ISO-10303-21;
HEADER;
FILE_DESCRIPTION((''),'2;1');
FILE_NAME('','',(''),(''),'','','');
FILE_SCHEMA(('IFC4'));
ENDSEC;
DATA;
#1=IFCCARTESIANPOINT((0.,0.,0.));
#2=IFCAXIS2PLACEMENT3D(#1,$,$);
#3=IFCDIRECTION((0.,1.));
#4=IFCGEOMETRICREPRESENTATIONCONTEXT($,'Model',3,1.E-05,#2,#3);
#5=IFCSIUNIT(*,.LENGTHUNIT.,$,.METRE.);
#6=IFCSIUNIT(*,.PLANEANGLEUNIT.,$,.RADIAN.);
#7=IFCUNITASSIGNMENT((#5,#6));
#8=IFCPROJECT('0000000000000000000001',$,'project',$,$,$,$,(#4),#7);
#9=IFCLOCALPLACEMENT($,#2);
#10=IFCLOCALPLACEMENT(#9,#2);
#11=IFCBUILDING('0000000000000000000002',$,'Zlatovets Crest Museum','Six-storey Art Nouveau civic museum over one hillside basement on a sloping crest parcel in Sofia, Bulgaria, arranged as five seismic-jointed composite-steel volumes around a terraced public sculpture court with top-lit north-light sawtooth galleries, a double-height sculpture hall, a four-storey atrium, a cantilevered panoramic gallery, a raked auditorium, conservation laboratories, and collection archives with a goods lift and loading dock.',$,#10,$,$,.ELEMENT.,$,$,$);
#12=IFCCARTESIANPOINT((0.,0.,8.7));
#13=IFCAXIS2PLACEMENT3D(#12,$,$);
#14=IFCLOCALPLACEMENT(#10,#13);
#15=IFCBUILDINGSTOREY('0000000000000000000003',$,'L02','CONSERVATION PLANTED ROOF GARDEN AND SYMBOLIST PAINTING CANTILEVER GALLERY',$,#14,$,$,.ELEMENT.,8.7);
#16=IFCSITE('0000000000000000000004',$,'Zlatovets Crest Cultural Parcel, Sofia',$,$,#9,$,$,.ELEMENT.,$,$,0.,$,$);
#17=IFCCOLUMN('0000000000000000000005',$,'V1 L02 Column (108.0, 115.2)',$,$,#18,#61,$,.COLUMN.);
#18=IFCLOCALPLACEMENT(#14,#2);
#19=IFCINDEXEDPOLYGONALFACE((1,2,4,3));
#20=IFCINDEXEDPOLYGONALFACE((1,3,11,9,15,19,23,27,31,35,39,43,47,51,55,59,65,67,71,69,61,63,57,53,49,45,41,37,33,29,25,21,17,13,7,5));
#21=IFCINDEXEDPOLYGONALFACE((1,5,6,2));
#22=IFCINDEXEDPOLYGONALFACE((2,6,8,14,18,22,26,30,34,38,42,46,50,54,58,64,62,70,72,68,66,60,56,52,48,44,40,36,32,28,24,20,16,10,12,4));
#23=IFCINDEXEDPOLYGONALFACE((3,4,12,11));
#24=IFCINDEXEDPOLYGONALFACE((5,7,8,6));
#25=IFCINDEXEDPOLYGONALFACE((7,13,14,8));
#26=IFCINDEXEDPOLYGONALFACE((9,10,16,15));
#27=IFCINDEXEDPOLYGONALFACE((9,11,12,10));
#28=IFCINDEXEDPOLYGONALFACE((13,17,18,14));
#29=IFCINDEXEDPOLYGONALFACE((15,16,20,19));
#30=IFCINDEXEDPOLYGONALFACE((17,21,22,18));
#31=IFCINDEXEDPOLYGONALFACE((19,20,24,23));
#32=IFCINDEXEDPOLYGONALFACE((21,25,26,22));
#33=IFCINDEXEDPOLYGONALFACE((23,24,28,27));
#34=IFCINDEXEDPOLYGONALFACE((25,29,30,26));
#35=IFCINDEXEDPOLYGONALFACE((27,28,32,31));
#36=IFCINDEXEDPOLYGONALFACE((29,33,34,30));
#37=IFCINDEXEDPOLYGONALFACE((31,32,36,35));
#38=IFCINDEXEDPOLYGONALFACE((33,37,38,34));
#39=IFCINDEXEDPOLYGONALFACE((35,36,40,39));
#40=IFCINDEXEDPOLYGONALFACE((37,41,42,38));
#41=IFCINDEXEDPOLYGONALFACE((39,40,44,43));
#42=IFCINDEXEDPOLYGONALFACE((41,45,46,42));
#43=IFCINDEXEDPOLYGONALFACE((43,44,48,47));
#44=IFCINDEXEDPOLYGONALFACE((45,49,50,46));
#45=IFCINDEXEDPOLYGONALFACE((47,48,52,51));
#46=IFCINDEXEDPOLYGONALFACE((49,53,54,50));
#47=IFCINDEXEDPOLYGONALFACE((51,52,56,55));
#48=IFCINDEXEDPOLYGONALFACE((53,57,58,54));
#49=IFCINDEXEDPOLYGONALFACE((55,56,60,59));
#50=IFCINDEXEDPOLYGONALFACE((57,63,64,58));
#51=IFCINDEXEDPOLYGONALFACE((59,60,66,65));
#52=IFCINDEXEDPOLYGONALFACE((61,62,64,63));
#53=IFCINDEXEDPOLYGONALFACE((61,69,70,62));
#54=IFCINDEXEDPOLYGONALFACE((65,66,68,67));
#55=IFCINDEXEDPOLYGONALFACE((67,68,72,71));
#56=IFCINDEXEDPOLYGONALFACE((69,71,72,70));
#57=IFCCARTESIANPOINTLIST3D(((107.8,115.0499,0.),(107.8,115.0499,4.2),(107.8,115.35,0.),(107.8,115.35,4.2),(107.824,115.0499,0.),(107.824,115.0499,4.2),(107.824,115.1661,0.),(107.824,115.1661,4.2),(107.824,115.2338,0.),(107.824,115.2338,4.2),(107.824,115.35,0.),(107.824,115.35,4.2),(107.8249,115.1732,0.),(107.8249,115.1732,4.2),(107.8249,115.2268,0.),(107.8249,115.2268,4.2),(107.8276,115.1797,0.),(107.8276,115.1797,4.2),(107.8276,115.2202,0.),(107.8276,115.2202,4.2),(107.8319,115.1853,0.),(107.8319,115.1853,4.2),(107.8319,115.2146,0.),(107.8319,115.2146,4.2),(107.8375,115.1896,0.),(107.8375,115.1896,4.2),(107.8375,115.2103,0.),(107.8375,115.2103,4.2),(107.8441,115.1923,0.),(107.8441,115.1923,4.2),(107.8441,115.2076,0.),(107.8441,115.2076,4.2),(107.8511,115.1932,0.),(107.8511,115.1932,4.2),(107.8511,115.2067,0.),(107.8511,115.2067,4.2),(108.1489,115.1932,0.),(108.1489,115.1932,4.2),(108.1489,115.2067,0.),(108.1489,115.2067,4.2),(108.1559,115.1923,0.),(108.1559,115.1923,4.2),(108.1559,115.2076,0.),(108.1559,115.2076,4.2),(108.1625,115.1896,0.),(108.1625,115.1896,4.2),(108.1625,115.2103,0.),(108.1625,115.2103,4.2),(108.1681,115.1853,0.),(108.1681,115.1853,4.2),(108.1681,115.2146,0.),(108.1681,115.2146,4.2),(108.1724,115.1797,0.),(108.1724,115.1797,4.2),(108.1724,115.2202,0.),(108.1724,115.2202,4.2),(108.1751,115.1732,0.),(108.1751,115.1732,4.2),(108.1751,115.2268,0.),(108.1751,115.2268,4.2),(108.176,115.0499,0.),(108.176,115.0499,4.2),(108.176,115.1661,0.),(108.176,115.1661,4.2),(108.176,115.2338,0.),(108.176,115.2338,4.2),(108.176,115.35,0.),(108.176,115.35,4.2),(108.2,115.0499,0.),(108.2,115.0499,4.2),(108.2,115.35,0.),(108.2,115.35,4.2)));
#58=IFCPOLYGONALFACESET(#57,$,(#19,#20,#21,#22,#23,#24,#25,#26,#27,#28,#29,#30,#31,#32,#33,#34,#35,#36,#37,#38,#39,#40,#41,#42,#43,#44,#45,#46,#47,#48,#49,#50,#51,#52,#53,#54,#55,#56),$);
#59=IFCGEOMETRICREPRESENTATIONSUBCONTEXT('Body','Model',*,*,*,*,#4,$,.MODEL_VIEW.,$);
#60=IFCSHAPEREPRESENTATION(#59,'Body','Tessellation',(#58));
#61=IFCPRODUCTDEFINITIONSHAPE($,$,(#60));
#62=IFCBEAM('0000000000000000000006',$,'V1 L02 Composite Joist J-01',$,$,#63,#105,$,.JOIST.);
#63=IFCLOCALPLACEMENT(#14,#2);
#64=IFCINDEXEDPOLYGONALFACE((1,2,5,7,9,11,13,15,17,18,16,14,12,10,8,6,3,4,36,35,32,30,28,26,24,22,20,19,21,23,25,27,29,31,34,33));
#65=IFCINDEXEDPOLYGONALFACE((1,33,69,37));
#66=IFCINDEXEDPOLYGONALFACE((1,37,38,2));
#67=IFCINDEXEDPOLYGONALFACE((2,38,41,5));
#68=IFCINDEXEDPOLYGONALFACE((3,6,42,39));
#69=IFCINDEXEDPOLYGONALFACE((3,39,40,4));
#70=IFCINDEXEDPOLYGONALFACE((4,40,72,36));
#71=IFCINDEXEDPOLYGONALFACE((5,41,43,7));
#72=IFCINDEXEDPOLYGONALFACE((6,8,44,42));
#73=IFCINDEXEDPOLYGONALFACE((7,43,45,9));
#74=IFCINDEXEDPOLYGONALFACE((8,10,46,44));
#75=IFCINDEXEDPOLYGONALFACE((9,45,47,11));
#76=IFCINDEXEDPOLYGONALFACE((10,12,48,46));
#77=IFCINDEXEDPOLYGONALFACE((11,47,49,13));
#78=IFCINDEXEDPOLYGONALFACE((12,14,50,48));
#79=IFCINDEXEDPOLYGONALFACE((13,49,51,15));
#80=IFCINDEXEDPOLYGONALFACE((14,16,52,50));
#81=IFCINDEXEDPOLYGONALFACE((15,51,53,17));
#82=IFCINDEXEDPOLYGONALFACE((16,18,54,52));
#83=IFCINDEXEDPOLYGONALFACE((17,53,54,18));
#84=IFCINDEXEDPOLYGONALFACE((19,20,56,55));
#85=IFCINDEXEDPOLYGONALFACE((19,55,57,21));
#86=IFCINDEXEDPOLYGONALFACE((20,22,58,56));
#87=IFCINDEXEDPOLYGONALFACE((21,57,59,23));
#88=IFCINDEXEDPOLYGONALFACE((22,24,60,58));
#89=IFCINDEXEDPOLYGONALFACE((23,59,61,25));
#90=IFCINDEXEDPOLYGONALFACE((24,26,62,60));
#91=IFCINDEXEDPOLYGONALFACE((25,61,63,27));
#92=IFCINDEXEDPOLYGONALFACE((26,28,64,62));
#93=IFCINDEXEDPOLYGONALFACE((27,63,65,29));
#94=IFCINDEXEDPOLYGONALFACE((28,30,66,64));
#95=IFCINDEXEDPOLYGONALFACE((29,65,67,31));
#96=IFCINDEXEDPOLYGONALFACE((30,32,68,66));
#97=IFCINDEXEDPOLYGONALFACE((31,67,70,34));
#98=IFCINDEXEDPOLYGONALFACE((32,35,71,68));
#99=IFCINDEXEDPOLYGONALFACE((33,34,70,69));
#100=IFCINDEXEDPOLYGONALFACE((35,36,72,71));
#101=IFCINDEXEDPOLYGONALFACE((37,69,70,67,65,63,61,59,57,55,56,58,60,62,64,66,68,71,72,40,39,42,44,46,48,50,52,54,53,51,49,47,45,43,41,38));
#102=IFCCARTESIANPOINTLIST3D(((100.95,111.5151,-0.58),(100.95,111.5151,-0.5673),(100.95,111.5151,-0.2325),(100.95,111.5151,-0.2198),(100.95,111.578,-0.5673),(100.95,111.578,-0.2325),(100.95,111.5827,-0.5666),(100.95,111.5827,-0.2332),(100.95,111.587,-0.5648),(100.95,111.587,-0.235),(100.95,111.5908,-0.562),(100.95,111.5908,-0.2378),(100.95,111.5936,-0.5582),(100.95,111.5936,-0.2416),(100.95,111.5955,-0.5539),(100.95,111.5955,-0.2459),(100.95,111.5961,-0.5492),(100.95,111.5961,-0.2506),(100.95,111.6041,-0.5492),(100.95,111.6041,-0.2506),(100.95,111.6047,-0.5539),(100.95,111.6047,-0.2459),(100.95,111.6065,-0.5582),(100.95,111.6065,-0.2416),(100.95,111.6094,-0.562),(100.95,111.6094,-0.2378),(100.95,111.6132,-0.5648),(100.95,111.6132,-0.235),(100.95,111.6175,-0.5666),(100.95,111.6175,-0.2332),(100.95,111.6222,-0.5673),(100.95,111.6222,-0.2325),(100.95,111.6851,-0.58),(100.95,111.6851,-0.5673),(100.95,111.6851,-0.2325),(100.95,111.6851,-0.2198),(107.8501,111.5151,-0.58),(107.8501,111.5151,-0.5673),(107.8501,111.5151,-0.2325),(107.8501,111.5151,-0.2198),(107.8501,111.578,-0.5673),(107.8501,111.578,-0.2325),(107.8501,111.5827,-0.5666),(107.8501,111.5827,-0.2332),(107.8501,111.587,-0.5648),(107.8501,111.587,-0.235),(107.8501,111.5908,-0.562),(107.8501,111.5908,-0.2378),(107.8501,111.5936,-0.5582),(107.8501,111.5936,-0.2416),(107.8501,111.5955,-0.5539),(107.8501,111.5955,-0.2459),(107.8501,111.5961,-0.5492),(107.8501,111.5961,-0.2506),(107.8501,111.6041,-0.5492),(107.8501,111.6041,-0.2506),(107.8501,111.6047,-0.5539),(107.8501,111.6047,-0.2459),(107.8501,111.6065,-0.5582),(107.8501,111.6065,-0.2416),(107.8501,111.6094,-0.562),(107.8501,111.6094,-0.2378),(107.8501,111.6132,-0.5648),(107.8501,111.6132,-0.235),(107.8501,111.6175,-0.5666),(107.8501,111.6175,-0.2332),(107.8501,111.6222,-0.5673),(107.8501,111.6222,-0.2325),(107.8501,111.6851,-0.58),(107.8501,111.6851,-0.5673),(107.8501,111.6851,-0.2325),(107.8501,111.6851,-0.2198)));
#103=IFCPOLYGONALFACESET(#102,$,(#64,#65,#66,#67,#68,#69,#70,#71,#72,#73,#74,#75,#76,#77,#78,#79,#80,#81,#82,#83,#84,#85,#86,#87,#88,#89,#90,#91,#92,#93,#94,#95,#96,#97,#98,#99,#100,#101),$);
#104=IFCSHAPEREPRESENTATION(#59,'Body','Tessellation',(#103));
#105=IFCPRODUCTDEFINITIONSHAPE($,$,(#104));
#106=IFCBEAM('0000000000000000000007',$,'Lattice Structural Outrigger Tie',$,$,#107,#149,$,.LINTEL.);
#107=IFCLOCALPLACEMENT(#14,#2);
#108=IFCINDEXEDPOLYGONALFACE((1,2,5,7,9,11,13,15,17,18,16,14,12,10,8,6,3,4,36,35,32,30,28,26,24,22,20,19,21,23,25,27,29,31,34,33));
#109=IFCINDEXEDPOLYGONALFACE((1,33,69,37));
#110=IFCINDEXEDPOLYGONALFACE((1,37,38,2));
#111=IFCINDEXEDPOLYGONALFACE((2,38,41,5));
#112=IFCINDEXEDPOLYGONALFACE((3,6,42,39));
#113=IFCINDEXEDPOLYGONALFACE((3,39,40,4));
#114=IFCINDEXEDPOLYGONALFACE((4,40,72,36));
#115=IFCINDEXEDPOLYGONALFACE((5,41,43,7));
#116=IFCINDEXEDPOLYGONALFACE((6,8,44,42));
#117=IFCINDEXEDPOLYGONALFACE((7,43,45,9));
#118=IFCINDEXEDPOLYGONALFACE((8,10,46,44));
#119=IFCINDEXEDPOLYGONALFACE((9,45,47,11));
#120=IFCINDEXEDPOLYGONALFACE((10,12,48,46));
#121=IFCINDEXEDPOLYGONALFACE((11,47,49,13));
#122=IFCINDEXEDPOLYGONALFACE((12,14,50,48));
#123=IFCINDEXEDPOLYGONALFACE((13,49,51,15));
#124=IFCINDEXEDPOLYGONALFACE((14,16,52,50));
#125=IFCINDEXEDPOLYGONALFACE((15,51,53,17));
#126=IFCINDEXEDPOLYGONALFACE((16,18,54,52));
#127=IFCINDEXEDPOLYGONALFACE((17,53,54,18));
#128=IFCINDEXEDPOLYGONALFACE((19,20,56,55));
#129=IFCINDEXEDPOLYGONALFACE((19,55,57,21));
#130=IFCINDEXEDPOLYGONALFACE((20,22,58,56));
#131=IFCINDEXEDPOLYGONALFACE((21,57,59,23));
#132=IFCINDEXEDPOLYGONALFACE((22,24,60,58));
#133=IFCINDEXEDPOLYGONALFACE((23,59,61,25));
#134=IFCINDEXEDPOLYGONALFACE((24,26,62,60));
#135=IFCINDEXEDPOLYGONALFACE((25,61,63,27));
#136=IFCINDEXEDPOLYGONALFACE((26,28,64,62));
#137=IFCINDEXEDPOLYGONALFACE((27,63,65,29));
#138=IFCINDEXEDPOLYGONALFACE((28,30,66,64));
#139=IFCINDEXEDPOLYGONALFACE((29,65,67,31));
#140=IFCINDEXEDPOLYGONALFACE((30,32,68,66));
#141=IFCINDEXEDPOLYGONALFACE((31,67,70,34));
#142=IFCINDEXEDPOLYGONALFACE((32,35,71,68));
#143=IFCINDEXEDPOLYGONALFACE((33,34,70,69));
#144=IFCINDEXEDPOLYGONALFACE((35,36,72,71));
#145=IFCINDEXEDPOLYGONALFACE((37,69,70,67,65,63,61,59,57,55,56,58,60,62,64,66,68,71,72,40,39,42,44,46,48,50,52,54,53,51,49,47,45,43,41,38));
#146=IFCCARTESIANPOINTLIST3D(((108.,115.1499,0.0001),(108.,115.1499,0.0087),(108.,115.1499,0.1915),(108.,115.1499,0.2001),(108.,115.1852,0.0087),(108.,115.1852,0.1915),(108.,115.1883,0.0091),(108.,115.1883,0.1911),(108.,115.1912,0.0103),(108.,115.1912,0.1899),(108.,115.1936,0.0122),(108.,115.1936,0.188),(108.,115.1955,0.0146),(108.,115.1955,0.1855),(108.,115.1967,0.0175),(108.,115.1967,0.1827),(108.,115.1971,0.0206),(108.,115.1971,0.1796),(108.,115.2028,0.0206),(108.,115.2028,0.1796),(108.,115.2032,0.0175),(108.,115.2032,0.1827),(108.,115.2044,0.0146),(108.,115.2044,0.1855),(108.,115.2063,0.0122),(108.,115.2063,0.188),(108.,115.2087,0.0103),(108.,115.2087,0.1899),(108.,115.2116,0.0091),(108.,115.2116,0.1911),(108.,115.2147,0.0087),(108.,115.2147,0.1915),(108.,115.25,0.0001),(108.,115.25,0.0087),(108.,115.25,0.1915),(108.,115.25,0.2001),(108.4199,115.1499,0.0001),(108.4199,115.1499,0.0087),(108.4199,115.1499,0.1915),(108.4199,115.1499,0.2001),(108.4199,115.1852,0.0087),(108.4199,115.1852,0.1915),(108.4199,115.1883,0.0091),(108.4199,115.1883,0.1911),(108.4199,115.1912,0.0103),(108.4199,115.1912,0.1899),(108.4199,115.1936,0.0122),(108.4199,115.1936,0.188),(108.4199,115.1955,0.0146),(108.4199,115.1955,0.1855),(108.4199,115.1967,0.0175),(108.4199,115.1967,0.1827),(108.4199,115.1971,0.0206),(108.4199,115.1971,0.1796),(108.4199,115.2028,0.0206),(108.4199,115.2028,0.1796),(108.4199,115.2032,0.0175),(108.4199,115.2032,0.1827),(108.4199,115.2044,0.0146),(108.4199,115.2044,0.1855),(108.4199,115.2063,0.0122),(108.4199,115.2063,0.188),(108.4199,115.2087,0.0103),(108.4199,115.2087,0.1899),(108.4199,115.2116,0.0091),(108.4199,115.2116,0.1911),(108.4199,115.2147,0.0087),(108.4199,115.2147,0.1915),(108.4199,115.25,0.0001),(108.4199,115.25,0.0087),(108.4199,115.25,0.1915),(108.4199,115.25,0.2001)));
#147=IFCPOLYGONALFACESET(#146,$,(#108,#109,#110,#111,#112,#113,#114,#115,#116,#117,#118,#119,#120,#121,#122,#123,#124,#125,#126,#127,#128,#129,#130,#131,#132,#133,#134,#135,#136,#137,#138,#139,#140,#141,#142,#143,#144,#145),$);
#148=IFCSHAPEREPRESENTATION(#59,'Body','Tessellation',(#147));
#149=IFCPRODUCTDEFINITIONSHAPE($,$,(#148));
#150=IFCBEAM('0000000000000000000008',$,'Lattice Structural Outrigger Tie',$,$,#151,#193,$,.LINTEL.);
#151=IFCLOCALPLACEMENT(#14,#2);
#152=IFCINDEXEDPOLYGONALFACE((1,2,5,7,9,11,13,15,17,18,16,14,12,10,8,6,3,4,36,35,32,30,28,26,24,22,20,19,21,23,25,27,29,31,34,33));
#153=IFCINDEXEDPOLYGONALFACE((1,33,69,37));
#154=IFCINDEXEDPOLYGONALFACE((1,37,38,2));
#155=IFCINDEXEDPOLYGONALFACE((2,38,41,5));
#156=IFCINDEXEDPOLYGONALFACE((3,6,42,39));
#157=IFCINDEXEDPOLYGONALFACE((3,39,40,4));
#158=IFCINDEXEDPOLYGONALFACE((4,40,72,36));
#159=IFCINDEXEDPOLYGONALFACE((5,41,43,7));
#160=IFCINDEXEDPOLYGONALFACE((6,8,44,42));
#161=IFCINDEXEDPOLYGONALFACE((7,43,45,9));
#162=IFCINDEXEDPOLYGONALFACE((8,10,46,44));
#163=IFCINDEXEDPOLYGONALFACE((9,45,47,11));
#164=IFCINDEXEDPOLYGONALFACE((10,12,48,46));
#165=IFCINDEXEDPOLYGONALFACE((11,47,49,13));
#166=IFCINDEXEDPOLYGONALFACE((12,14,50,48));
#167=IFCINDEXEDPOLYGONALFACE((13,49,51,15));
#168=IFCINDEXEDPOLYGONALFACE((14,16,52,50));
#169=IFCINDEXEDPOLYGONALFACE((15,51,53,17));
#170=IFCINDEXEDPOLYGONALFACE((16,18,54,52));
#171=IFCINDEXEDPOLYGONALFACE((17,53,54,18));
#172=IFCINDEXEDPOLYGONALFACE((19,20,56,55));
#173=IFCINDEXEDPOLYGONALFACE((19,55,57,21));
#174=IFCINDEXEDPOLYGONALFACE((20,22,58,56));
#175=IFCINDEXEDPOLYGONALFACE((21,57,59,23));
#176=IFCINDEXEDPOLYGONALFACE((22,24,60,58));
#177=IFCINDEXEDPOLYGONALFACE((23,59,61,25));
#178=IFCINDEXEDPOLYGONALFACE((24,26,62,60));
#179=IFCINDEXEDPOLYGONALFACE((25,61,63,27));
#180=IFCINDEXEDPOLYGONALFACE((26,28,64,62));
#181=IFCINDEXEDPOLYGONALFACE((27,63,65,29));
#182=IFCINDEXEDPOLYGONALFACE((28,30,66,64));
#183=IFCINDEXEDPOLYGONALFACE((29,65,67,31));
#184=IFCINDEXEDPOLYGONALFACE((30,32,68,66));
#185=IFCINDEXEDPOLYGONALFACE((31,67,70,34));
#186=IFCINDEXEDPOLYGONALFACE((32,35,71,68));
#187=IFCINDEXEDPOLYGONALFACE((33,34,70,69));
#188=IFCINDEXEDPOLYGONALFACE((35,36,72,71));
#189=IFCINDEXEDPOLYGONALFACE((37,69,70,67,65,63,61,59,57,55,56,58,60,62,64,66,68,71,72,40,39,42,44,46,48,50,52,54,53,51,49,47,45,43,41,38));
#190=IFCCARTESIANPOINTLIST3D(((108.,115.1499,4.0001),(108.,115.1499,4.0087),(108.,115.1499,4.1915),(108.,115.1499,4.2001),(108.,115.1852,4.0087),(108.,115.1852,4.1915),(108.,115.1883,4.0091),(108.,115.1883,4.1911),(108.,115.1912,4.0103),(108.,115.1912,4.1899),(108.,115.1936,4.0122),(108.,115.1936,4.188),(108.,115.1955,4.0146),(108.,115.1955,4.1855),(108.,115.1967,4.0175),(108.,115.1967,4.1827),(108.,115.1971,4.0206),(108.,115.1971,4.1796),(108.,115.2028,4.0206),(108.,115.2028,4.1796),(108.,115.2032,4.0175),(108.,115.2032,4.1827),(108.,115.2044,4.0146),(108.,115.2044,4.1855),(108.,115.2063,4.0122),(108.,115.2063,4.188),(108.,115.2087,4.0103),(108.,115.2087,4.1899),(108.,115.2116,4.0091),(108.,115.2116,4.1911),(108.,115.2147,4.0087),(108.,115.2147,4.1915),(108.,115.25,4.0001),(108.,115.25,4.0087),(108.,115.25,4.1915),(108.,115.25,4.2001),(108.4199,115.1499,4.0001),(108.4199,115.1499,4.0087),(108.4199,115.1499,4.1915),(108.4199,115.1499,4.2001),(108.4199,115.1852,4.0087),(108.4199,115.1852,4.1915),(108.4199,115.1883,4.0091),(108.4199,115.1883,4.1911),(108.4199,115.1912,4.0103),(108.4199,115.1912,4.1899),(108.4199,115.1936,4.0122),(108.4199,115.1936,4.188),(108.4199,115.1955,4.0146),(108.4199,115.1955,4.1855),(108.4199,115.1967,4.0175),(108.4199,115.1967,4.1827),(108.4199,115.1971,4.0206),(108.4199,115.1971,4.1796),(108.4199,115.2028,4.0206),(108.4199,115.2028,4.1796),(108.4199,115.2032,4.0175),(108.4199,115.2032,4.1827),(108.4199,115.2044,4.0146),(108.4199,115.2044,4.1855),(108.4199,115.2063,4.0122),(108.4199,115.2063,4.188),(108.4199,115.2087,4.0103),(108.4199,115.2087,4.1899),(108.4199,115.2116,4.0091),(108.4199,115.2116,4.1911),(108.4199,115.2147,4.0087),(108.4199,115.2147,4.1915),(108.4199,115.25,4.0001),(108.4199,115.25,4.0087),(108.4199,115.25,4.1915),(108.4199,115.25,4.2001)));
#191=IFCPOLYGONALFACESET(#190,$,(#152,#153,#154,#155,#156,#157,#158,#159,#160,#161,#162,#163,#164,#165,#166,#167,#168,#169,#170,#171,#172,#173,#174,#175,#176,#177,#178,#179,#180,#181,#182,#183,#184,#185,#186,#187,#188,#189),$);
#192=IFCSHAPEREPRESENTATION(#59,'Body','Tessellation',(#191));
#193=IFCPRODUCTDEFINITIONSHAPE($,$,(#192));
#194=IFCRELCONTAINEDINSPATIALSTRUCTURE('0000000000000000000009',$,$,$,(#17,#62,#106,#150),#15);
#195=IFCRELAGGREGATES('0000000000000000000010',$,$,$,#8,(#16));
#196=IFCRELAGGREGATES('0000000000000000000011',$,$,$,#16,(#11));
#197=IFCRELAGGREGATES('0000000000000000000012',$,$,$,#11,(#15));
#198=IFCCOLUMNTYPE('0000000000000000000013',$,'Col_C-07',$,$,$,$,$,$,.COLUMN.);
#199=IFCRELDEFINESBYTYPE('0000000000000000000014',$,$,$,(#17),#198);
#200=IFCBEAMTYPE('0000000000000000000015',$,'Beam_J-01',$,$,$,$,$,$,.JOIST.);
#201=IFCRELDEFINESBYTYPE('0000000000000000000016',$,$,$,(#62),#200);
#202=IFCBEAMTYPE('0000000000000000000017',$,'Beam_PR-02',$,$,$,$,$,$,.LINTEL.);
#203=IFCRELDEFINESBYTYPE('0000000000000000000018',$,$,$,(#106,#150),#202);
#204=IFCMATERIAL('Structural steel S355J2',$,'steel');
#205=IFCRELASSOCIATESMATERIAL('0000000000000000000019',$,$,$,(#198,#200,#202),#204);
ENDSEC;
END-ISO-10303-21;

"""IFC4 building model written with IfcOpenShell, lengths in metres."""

from ifc_helpers import new_model, si_unit, direction, frame, origin, origin_2d, place, context, subcontext, project, spatial, i_section, extrude, material, material_profile, profile_set, type_object, element, save


model = new_model("IFC4")

# Units and contexts
model_context = context("Model", 3, precision=1e-05, world=origin(), true_north=direction((0.0, 1.0)))
body_context = subcontext(model_context, "Body", "Model", "MODEL_VIEW")
ifc_project = project(units=[si_unit("LENGTHUNIT", "METRE"), si_unit("PLANEANGLEUNIT", "RADIAN")], contexts=[model_context])

# Site, building, storey
site_placement = place(None, origin())
site = spatial("IfcSite", under=ifc_project, at=site_placement, Name="Zlatovets Crest Cultural Parcel, Sofia", CompositionType="ELEMENT", RefElevation=0.0)
building_placement = place(site_placement, origin())
building = spatial("IfcBuilding", under=site, at=building_placement, Name="Zlatovets Crest Museum", Description="Six-storey Art Nouveau civic museum over one hillside basement on a sloping crest parcel in Sofia, Bulgaria, arranged as five seismic-jointed composite-steel volumes around a terraced public sculpture court with top-lit north-light sawtooth galleries, a double-height sculpture hall, a four-storey atrium, a cantilevered panoramic gallery, a raked auditorium, conservation laboratories, and collection archives with a goods lift and loading dock.", CompositionType="ELEMENT")
storey_placement = place(building_placement, frame((0.0, 0.0, 8.7)))
storey = spatial("IfcBuildingStorey", under=building, at=storey_placement, Name="L02", Description="CONSERVATION PLANTED ROOF GARDEN AND SYMBOLIST PAINTING CANTILEVER GALLERY", CompositionType="ELEMENT", Elevation=8.7)

# Column
ifc_material_1 = material(Name="Structural steel S355J2", Category="steel")
ifc_material_profile_1 = material_profile(ifc_material_1, i_section(OverallWidth=0.3, OverallDepth=0.3999, WebThickness=0.0134, FlangeThickness=0.0239, FilletRadius=0.0271, at=origin_2d()), Name="HEB 400")
ifc_profile_set_1 = profile_set([ifc_material_profile_1], Name="Structural steel S355J2")
column_type = type_object("IfcColumnType", Name="Col_C-07", PredefinedType="COLUMN", material=ifc_profile_set_1)
column_placement = place(storey_placement, frame((108.0, 115.2, 0.0), z_axis=(0.0, 0.0, 1.0), x_axis=(0.0, 1.0, 0.0)))
element("IfcColumn", 1, at=column_placement, inside=storey, type_object=column_type, Name="V1 L02 Column (108.0, 115.2)", PredefinedType="COLUMN", context=body_context, shape_type="SweptSolid", body=[
    extrude(i_section(OverallWidth=0.3, OverallDepth=0.3999, WebThickness=0.0134, FlangeThickness=0.0239, FilletRadius=0.0271, at=origin_2d()), origin(), (0.0, 0.0, 1.0), 4.2),
])

# Beams
ifc_material_profile_2 = material_profile(ifc_material_1, i_section(OverallWidth=0.1699, OverallDepth=0.3601, WebThickness=0.0081, FlangeThickness=0.0127, FilletRadius=0.0181, at=origin_2d()), Name="IPE 360")
ifc_profile_set_2 = profile_set([ifc_material_profile_2], Name="Structural steel S355J2")
beam_type_1 = type_object("IfcBeamType", Name="Beam_J-01", PredefinedType="JOIST", material=ifc_profile_set_2)
beam_placement = place(storey_placement, frame((100.95, 111.6001, -0.3999), z_axis=(1.0, 0.0, 0.0), x_axis=(0.0, 1.0, 0.0)))
element("IfcBeam", 2, at=beam_placement, inside=storey, type_object=beam_type_1, Name="V1 L02 Composite Joist J-01", PredefinedType="JOIST", context=body_context, shape_type="SweptSolid", body=[
    extrude(i_section(OverallWidth=0.1699, OverallDepth=0.3601, WebThickness=0.0081, FlangeThickness=0.0127, FilletRadius=0.0181, at=origin_2d()), origin(), (0.0, 0.0, 1.0), 6.9001),
])
ifc_material_profile_3 = material_profile(ifc_material_1, i_section(OverallWidth=0.1001, OverallDepth=0.2, WebThickness=0.0056, FlangeThickness=0.0085, FilletRadius=0.012, at=origin_2d()), Name="IPE 200")
ifc_profile_set_3 = profile_set([ifc_material_profile_3], Name="Structural steel S355J2")
beam_type_2 = type_object("IfcBeamType", Name="Beam_PR-02", PredefinedType="LINTEL", material=ifc_profile_set_3)
for number, where, z_axis, x_axis, name in (
    (3, (108.0, 115.2, 0.1001), (1.0, 0.0, 0.0), (0.0, 1.0, 0.0), "Lattice Structural Outrigger Tie"),
    (4, (108.0, 115.2, 4.1001), (1.0, 0.0, 0.0), (0.0, 1.0, 0.0), "Lattice Structural Outrigger Tie"),
):
    element("IfcBeam", number, at=place(storey_placement, frame(where, z_axis=z_axis, x_axis=x_axis)), inside=storey, type_object=beam_type_2, Name=name, PredefinedType="LINTEL", context=body_context, shape_type="SweptSolid", body=[
        extrude(i_section(OverallWidth=0.1001, OverallDepth=0.2, WebThickness=0.0056, FlangeThickness=0.0085, FilletRadius=0.012, at=origin_2d()), origin(), (0.0, 0.0, 1.0), 0.4199),
    ])

save(model, "model.ifc")
